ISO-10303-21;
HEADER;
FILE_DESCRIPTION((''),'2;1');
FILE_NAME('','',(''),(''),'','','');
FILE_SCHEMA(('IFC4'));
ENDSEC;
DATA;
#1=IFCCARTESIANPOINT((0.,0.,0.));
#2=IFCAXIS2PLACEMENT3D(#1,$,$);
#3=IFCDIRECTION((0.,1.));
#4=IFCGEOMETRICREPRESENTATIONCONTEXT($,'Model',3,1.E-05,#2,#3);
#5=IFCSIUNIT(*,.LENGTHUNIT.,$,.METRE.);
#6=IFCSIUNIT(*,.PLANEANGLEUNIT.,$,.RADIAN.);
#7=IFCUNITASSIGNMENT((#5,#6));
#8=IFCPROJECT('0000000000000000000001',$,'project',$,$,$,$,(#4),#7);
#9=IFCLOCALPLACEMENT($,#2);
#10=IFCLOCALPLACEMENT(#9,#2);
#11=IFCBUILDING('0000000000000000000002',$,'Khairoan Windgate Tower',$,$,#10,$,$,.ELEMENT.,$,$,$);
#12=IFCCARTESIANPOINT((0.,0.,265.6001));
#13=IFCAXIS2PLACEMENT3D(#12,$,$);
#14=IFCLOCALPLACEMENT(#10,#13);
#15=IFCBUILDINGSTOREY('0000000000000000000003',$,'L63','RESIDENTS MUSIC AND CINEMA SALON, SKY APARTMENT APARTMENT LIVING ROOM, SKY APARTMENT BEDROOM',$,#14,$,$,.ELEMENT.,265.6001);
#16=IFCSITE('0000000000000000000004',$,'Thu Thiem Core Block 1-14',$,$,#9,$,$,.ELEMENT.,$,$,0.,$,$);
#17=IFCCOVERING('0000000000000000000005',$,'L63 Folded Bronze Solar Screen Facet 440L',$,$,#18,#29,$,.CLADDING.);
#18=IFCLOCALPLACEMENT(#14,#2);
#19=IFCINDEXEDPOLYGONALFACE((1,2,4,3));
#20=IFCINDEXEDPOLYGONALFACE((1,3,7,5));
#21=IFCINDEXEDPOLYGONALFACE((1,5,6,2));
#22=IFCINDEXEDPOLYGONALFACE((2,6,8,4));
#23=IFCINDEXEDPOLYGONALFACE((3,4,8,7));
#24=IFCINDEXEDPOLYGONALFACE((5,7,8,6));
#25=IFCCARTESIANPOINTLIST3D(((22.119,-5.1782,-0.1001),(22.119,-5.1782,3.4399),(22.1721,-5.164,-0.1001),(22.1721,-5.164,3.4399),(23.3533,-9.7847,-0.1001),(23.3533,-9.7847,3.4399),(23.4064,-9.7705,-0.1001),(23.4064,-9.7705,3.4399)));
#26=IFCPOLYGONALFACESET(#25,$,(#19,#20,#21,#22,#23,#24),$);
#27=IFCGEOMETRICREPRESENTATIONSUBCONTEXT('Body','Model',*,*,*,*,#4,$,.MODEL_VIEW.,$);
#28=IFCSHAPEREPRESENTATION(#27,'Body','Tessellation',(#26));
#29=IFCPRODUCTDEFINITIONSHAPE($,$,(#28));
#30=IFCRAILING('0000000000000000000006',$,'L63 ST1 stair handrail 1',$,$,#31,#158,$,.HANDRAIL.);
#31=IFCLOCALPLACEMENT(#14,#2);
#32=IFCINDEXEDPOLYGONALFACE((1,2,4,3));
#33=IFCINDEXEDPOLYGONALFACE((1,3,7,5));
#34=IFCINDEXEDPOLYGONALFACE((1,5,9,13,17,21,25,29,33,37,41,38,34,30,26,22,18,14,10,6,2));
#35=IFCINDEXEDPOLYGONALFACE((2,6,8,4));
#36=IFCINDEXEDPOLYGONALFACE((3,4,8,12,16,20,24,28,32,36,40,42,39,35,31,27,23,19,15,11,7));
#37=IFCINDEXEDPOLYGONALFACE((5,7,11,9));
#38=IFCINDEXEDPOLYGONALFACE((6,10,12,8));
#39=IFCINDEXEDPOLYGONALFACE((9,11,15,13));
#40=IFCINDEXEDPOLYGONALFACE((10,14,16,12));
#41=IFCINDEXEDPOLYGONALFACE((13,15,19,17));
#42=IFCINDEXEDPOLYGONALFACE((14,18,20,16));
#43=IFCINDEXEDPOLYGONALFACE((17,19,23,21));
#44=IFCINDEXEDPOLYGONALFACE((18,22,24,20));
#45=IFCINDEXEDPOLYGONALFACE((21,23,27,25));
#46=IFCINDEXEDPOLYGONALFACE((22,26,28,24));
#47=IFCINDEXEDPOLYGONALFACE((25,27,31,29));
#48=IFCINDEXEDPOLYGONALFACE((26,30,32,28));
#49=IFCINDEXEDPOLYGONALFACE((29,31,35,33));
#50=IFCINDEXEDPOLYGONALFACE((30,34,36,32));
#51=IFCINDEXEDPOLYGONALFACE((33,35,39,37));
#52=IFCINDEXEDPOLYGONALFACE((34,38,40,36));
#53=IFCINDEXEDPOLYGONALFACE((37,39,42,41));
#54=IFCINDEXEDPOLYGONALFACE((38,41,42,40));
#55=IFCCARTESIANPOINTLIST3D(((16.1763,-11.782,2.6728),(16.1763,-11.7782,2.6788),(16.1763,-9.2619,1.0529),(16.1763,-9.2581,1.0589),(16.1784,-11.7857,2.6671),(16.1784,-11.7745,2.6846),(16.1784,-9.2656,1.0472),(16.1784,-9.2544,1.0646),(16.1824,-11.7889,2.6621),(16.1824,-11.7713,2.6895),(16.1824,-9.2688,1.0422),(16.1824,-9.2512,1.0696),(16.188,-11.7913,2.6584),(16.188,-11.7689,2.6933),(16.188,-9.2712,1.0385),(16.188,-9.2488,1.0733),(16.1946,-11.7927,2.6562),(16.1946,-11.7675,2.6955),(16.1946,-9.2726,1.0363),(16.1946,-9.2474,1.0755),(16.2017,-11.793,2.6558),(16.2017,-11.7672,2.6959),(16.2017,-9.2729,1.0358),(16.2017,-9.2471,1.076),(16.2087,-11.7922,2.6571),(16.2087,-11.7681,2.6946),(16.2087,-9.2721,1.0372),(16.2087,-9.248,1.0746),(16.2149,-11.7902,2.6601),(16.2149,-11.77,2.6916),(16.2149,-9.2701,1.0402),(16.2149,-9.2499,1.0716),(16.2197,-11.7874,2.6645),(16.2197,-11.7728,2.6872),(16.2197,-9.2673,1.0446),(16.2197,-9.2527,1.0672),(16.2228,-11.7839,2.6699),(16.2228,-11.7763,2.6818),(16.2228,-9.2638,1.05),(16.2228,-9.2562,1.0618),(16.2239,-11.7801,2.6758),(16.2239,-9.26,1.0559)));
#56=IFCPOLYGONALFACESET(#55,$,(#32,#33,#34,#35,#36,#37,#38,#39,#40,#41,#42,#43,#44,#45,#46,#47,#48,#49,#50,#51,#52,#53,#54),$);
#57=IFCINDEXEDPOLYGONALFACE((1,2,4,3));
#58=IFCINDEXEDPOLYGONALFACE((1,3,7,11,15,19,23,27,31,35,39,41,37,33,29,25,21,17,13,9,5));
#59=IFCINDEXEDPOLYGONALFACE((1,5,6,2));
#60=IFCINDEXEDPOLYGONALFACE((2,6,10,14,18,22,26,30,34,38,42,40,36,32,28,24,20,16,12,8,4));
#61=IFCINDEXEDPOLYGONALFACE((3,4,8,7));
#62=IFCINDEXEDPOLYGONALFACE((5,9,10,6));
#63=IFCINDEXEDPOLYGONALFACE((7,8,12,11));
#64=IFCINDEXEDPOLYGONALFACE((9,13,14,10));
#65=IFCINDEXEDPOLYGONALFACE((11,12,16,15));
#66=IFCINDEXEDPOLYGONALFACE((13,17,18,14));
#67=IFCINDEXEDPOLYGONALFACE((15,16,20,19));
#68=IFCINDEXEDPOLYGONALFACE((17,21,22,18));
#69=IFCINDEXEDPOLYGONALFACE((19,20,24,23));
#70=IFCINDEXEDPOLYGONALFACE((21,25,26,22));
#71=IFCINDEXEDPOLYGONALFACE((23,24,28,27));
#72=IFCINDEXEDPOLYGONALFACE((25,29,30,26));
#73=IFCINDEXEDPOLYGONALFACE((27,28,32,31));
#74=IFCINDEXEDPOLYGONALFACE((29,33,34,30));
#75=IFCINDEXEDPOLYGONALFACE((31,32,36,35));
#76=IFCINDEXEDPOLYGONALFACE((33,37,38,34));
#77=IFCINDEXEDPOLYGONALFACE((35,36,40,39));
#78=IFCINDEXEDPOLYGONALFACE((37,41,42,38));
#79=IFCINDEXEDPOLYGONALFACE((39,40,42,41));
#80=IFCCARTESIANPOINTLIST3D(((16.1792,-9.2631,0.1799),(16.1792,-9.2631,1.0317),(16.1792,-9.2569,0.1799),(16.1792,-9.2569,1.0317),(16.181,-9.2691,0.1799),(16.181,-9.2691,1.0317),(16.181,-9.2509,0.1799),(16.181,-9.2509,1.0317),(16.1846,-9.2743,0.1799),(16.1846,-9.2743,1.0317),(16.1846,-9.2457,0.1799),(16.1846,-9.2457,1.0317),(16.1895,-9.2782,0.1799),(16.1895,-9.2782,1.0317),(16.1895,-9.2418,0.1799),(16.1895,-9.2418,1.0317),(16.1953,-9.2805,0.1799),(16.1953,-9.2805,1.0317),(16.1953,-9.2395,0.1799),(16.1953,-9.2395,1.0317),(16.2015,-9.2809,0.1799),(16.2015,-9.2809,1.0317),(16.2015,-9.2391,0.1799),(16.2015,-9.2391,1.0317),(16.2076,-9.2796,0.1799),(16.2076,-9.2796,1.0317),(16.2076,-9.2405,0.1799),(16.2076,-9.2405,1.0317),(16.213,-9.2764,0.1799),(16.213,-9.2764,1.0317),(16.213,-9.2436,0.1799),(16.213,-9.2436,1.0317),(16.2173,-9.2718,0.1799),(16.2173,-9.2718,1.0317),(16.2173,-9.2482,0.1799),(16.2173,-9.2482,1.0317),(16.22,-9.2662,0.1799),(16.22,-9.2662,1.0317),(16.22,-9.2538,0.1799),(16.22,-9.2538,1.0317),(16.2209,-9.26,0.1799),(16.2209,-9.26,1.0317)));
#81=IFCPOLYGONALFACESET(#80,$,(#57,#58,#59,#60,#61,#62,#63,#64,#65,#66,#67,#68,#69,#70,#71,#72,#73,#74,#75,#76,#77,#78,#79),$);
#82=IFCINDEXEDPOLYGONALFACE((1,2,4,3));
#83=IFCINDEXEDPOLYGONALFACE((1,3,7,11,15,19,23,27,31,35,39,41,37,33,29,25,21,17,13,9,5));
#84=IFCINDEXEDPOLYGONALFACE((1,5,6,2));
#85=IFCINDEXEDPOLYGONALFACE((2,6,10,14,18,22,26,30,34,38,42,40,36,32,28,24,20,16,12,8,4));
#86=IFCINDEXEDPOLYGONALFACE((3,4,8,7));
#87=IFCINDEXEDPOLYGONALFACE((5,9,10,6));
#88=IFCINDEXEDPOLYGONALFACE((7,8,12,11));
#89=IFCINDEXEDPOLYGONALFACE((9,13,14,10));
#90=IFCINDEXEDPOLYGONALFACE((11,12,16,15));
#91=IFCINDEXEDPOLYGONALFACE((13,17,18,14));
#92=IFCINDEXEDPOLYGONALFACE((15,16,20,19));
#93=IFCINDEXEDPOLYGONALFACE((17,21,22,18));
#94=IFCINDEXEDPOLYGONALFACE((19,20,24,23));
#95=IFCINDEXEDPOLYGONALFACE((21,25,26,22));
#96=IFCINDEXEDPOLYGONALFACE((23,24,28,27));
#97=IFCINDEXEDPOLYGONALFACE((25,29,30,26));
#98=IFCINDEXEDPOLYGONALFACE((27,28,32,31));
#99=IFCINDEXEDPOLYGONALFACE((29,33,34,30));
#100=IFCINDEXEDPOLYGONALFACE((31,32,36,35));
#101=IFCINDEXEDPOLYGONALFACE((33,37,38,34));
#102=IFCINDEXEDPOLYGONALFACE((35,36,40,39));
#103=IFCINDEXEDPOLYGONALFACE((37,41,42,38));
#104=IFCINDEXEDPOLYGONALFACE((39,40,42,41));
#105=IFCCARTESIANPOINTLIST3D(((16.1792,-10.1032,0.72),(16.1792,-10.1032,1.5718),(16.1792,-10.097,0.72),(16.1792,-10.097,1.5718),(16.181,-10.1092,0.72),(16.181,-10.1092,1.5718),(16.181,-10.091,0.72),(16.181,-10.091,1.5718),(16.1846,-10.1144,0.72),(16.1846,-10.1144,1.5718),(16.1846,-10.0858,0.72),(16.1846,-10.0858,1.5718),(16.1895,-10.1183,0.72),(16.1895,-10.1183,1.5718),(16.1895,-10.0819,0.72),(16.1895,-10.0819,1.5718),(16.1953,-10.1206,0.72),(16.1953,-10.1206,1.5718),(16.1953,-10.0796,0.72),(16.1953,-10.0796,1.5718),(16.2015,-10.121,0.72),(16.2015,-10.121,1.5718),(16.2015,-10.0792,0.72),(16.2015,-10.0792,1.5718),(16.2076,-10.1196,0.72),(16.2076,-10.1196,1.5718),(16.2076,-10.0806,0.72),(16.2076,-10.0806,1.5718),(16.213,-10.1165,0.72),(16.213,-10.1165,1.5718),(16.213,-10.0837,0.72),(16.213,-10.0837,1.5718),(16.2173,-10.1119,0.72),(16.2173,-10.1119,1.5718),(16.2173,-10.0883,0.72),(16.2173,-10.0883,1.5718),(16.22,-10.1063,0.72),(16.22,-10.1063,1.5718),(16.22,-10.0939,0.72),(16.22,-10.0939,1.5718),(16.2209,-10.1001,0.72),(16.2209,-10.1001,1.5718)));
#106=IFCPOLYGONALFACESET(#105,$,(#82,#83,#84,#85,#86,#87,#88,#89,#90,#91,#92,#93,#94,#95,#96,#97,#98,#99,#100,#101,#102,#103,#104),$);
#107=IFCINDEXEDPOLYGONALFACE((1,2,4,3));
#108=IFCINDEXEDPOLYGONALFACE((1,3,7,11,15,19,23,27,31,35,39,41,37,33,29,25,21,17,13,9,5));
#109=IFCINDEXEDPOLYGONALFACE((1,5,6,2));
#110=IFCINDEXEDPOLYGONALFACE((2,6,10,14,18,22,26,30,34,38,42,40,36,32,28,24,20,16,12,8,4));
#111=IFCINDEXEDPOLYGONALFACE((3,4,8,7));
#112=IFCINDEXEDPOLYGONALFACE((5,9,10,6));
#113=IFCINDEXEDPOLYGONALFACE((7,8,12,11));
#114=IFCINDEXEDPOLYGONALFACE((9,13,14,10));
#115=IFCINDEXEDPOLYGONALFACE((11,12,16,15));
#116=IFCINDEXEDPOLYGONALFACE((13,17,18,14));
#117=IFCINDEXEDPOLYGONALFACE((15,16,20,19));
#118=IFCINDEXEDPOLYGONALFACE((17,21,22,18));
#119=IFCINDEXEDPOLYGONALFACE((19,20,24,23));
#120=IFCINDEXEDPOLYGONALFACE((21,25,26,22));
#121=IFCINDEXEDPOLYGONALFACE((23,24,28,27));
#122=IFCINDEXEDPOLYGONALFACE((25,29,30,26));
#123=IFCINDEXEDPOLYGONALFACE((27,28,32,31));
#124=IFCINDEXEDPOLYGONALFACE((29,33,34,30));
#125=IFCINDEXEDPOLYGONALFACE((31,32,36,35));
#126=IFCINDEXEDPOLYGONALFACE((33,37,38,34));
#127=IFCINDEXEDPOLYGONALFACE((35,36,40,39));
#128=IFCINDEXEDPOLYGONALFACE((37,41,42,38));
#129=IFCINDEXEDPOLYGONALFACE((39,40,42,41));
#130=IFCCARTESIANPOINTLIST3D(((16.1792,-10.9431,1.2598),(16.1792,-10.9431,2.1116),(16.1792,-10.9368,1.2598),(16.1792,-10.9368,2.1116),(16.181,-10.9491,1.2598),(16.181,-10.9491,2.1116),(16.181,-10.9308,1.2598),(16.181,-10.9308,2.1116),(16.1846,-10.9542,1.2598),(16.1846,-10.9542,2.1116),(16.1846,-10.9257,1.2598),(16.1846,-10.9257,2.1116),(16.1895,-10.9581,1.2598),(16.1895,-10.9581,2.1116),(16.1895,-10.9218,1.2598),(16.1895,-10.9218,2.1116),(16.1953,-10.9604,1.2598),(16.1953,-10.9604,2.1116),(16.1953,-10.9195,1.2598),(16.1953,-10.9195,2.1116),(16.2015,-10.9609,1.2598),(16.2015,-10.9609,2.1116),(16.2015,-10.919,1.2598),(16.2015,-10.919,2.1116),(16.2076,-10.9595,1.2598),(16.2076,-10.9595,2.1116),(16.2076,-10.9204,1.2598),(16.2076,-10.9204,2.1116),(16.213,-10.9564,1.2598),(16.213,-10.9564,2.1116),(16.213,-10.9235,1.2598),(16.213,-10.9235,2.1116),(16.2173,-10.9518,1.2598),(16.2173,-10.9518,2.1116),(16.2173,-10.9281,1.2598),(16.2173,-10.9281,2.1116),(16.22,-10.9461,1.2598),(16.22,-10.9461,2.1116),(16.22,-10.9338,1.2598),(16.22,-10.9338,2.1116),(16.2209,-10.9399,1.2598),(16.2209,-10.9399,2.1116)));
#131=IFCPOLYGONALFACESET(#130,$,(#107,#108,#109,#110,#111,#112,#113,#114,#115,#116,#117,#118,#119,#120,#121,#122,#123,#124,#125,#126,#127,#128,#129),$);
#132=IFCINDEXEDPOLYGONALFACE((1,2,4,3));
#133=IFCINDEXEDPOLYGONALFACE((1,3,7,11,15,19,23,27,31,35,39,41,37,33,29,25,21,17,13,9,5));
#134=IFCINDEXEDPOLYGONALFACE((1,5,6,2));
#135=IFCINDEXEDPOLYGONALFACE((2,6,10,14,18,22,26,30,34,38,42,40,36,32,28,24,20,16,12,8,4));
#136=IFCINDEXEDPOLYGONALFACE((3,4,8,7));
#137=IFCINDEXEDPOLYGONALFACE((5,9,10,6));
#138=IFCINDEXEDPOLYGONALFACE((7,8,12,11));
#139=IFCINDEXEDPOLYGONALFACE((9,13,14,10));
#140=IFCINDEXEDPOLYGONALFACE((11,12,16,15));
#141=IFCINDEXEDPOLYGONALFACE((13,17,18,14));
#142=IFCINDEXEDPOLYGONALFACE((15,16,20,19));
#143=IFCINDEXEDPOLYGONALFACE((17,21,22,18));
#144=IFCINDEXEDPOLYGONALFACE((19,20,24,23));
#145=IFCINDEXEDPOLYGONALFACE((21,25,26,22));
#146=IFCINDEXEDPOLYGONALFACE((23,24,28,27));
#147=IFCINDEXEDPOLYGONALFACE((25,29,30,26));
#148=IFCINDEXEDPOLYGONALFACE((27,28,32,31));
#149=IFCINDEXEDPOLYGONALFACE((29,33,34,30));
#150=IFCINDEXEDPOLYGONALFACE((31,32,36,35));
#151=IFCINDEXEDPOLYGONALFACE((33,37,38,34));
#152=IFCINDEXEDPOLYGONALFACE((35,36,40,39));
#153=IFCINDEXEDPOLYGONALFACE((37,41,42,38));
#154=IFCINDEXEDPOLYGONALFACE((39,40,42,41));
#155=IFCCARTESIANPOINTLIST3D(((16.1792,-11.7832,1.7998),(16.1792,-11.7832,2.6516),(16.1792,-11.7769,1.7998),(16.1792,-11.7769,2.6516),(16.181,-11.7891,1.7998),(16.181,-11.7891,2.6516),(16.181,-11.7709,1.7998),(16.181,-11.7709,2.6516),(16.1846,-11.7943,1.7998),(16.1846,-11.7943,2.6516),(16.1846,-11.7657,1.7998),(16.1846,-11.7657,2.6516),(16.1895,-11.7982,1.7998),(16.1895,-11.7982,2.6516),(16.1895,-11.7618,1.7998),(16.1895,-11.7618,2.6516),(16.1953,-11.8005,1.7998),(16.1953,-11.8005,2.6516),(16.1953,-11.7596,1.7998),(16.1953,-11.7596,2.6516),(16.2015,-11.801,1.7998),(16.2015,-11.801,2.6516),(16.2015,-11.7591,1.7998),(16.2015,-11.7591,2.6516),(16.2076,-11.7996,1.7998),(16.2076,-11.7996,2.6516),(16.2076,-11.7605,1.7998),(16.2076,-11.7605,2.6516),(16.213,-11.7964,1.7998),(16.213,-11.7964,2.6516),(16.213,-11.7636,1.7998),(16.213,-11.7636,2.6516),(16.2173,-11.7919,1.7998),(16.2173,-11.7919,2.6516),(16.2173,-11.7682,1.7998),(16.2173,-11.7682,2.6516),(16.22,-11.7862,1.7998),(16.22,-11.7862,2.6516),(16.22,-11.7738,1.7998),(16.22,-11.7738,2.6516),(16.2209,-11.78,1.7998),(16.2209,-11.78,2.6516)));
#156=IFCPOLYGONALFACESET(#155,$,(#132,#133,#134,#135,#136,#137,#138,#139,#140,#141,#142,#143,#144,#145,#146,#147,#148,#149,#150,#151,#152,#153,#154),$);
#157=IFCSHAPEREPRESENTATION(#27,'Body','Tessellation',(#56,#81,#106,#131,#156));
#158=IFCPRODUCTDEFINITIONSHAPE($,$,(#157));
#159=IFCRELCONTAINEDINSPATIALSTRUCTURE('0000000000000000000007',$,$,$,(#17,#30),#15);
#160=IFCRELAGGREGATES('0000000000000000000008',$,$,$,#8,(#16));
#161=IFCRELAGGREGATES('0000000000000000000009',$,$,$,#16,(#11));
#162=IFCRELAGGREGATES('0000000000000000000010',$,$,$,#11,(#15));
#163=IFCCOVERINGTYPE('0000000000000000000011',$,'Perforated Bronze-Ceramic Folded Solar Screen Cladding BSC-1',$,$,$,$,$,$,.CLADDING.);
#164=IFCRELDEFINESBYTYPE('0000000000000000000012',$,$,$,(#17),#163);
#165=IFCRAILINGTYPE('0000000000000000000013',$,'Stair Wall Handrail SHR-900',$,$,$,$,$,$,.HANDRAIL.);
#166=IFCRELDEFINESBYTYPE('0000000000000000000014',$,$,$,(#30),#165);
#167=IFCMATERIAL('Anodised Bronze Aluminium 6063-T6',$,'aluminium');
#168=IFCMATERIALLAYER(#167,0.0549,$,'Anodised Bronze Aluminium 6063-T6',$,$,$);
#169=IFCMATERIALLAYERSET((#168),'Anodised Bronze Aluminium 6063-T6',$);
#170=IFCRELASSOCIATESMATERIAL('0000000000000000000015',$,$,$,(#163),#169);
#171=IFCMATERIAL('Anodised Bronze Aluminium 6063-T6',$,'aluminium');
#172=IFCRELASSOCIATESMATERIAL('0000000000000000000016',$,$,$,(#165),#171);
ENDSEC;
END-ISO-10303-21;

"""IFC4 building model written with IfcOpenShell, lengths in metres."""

from ifc_helpers import new_model, si_unit, direction, frame, origin, origin_2d, place, context, subcontext, project, spatial, rectangle, circle, extrude, material, layer, layer_set, type_object, element, save


model = new_model("IFC4")

# Units and contexts
model_context = context("Model", 3, precision=1e-05, world=origin(), true_north=direction((0.0, 1.0)))
body_context = subcontext(model_context, "Body", "Model", "MODEL_VIEW")
ifc_project = project(units=[si_unit("LENGTHUNIT", "METRE"), si_unit("PLANEANGLEUNIT", "RADIAN")], contexts=[model_context])

# Site, building, storey
site_placement = place(None, origin())
site = spatial("IfcSite", under=ifc_project, at=site_placement, Name="Thu Thiem Core Block 1-14", CompositionType="ELEMENT", RefElevation=0.0)
building_placement = place(site_placement, origin())
building = spatial("IfcBuilding", under=site, at=building_placement, Name="Khairoan Windgate Tower", CompositionType="ELEMENT")
storey_placement = place(building_placement, frame((0.0, 0.0, 265.6001)))
storey = spatial("IfcBuildingStorey", under=building, at=storey_placement, Name="L63", Description="RESIDENTS MUSIC AND CINEMA SALON, SKY APARTMENT APARTMENT LIVING ROOM, SKY APARTMENT BEDROOM", CompositionType="ELEMENT", Elevation=265.6001)

# Covering
ifc_material_1 = material(Name="Anodised Bronze Aluminium 6063-T6", Category="aluminium")
ifc_layer_1 = layer(ifc_material_1, 0.0549, Name="Anodised Bronze Aluminium 6063-T6")
ifc_layer_set_1 = layer_set([ifc_layer_1], Name="Anodised Bronze Aluminium 6063-T6")
covering_type = type_object("IfcCoveringType", Name="Perforated Bronze-Ceramic Folded Solar Screen Cladding BSC-1", PredefinedType="CLADDING", material=ifc_layer_set_1)
covering_placement = place(storey_placement, frame((22.7627, -7.4744, -0.1001), z_axis=(0.0, 0.0, 1.0), x_axis=(0.258819, -0.965926, 0.0)))
element("IfcCovering", 1, at=covering_placement, inside=storey, type_object=covering_type, Name="L63 Folded Bronze Solar Screen Facet 440L", PredefinedType="CLADDING", context=body_context, shape_type="SweptSolid", body=[
    extrude(rectangle(XDim=4.769, YDim=0.0549, at=origin_2d()), origin(), (0.0, 0.0, 1.0), 3.54),
])

# Railing
ifc_material_2 = material(Name="Anodised Bronze Aluminium 6063-T6", Category="aluminium")
railing_type_1 = type_object("IfcRailingType", Name="Stair Wall Handrail SHR-900", PredefinedType="HANDRAIL", material=ifc_material_2)
railing_1_placement = place(storey_placement, frame((16.2, -9.26, 0.1799)))
element("IfcRailing", 2, at=railing_1_placement, inside=storey, type_object=railing_type_1, Name="L63 ST1 stair handrail 1", PredefinedType="HANDRAIL", context=body_context, shape_type="SweptSolid", body=[
    extrude(circle(Radius=0.0239, at=origin_2d()), frame((0.0, 0.0, 0.876), z_axis=(0.0, -0.8412, 0.540725), x_axis=(1.0, 0.0, 0.0)), (0.0, 0.0, 1.0), 2.9958),
    extrude(circle(Radius=0.021, at=origin_2d()), origin(), (0.0, 0.0, 1.0), 0.8518),
    extrude(circle(Radius=0.021, at=origin_2d()), frame((0.0, -0.8401, 0.54)), (0.0, 0.0, 1.0), 0.8518),
    extrude(circle(Radius=0.021, at=origin_2d()), frame((0.0, -1.6799, 1.0798)), (0.0, 0.0, 1.0), 0.8518),
    extrude(circle(Radius=0.021, at=origin_2d()), frame((0.0, -2.52, 1.6199)), (0.0, 0.0, 1.0), 0.8518),
])

save(model, "model.ifc")
